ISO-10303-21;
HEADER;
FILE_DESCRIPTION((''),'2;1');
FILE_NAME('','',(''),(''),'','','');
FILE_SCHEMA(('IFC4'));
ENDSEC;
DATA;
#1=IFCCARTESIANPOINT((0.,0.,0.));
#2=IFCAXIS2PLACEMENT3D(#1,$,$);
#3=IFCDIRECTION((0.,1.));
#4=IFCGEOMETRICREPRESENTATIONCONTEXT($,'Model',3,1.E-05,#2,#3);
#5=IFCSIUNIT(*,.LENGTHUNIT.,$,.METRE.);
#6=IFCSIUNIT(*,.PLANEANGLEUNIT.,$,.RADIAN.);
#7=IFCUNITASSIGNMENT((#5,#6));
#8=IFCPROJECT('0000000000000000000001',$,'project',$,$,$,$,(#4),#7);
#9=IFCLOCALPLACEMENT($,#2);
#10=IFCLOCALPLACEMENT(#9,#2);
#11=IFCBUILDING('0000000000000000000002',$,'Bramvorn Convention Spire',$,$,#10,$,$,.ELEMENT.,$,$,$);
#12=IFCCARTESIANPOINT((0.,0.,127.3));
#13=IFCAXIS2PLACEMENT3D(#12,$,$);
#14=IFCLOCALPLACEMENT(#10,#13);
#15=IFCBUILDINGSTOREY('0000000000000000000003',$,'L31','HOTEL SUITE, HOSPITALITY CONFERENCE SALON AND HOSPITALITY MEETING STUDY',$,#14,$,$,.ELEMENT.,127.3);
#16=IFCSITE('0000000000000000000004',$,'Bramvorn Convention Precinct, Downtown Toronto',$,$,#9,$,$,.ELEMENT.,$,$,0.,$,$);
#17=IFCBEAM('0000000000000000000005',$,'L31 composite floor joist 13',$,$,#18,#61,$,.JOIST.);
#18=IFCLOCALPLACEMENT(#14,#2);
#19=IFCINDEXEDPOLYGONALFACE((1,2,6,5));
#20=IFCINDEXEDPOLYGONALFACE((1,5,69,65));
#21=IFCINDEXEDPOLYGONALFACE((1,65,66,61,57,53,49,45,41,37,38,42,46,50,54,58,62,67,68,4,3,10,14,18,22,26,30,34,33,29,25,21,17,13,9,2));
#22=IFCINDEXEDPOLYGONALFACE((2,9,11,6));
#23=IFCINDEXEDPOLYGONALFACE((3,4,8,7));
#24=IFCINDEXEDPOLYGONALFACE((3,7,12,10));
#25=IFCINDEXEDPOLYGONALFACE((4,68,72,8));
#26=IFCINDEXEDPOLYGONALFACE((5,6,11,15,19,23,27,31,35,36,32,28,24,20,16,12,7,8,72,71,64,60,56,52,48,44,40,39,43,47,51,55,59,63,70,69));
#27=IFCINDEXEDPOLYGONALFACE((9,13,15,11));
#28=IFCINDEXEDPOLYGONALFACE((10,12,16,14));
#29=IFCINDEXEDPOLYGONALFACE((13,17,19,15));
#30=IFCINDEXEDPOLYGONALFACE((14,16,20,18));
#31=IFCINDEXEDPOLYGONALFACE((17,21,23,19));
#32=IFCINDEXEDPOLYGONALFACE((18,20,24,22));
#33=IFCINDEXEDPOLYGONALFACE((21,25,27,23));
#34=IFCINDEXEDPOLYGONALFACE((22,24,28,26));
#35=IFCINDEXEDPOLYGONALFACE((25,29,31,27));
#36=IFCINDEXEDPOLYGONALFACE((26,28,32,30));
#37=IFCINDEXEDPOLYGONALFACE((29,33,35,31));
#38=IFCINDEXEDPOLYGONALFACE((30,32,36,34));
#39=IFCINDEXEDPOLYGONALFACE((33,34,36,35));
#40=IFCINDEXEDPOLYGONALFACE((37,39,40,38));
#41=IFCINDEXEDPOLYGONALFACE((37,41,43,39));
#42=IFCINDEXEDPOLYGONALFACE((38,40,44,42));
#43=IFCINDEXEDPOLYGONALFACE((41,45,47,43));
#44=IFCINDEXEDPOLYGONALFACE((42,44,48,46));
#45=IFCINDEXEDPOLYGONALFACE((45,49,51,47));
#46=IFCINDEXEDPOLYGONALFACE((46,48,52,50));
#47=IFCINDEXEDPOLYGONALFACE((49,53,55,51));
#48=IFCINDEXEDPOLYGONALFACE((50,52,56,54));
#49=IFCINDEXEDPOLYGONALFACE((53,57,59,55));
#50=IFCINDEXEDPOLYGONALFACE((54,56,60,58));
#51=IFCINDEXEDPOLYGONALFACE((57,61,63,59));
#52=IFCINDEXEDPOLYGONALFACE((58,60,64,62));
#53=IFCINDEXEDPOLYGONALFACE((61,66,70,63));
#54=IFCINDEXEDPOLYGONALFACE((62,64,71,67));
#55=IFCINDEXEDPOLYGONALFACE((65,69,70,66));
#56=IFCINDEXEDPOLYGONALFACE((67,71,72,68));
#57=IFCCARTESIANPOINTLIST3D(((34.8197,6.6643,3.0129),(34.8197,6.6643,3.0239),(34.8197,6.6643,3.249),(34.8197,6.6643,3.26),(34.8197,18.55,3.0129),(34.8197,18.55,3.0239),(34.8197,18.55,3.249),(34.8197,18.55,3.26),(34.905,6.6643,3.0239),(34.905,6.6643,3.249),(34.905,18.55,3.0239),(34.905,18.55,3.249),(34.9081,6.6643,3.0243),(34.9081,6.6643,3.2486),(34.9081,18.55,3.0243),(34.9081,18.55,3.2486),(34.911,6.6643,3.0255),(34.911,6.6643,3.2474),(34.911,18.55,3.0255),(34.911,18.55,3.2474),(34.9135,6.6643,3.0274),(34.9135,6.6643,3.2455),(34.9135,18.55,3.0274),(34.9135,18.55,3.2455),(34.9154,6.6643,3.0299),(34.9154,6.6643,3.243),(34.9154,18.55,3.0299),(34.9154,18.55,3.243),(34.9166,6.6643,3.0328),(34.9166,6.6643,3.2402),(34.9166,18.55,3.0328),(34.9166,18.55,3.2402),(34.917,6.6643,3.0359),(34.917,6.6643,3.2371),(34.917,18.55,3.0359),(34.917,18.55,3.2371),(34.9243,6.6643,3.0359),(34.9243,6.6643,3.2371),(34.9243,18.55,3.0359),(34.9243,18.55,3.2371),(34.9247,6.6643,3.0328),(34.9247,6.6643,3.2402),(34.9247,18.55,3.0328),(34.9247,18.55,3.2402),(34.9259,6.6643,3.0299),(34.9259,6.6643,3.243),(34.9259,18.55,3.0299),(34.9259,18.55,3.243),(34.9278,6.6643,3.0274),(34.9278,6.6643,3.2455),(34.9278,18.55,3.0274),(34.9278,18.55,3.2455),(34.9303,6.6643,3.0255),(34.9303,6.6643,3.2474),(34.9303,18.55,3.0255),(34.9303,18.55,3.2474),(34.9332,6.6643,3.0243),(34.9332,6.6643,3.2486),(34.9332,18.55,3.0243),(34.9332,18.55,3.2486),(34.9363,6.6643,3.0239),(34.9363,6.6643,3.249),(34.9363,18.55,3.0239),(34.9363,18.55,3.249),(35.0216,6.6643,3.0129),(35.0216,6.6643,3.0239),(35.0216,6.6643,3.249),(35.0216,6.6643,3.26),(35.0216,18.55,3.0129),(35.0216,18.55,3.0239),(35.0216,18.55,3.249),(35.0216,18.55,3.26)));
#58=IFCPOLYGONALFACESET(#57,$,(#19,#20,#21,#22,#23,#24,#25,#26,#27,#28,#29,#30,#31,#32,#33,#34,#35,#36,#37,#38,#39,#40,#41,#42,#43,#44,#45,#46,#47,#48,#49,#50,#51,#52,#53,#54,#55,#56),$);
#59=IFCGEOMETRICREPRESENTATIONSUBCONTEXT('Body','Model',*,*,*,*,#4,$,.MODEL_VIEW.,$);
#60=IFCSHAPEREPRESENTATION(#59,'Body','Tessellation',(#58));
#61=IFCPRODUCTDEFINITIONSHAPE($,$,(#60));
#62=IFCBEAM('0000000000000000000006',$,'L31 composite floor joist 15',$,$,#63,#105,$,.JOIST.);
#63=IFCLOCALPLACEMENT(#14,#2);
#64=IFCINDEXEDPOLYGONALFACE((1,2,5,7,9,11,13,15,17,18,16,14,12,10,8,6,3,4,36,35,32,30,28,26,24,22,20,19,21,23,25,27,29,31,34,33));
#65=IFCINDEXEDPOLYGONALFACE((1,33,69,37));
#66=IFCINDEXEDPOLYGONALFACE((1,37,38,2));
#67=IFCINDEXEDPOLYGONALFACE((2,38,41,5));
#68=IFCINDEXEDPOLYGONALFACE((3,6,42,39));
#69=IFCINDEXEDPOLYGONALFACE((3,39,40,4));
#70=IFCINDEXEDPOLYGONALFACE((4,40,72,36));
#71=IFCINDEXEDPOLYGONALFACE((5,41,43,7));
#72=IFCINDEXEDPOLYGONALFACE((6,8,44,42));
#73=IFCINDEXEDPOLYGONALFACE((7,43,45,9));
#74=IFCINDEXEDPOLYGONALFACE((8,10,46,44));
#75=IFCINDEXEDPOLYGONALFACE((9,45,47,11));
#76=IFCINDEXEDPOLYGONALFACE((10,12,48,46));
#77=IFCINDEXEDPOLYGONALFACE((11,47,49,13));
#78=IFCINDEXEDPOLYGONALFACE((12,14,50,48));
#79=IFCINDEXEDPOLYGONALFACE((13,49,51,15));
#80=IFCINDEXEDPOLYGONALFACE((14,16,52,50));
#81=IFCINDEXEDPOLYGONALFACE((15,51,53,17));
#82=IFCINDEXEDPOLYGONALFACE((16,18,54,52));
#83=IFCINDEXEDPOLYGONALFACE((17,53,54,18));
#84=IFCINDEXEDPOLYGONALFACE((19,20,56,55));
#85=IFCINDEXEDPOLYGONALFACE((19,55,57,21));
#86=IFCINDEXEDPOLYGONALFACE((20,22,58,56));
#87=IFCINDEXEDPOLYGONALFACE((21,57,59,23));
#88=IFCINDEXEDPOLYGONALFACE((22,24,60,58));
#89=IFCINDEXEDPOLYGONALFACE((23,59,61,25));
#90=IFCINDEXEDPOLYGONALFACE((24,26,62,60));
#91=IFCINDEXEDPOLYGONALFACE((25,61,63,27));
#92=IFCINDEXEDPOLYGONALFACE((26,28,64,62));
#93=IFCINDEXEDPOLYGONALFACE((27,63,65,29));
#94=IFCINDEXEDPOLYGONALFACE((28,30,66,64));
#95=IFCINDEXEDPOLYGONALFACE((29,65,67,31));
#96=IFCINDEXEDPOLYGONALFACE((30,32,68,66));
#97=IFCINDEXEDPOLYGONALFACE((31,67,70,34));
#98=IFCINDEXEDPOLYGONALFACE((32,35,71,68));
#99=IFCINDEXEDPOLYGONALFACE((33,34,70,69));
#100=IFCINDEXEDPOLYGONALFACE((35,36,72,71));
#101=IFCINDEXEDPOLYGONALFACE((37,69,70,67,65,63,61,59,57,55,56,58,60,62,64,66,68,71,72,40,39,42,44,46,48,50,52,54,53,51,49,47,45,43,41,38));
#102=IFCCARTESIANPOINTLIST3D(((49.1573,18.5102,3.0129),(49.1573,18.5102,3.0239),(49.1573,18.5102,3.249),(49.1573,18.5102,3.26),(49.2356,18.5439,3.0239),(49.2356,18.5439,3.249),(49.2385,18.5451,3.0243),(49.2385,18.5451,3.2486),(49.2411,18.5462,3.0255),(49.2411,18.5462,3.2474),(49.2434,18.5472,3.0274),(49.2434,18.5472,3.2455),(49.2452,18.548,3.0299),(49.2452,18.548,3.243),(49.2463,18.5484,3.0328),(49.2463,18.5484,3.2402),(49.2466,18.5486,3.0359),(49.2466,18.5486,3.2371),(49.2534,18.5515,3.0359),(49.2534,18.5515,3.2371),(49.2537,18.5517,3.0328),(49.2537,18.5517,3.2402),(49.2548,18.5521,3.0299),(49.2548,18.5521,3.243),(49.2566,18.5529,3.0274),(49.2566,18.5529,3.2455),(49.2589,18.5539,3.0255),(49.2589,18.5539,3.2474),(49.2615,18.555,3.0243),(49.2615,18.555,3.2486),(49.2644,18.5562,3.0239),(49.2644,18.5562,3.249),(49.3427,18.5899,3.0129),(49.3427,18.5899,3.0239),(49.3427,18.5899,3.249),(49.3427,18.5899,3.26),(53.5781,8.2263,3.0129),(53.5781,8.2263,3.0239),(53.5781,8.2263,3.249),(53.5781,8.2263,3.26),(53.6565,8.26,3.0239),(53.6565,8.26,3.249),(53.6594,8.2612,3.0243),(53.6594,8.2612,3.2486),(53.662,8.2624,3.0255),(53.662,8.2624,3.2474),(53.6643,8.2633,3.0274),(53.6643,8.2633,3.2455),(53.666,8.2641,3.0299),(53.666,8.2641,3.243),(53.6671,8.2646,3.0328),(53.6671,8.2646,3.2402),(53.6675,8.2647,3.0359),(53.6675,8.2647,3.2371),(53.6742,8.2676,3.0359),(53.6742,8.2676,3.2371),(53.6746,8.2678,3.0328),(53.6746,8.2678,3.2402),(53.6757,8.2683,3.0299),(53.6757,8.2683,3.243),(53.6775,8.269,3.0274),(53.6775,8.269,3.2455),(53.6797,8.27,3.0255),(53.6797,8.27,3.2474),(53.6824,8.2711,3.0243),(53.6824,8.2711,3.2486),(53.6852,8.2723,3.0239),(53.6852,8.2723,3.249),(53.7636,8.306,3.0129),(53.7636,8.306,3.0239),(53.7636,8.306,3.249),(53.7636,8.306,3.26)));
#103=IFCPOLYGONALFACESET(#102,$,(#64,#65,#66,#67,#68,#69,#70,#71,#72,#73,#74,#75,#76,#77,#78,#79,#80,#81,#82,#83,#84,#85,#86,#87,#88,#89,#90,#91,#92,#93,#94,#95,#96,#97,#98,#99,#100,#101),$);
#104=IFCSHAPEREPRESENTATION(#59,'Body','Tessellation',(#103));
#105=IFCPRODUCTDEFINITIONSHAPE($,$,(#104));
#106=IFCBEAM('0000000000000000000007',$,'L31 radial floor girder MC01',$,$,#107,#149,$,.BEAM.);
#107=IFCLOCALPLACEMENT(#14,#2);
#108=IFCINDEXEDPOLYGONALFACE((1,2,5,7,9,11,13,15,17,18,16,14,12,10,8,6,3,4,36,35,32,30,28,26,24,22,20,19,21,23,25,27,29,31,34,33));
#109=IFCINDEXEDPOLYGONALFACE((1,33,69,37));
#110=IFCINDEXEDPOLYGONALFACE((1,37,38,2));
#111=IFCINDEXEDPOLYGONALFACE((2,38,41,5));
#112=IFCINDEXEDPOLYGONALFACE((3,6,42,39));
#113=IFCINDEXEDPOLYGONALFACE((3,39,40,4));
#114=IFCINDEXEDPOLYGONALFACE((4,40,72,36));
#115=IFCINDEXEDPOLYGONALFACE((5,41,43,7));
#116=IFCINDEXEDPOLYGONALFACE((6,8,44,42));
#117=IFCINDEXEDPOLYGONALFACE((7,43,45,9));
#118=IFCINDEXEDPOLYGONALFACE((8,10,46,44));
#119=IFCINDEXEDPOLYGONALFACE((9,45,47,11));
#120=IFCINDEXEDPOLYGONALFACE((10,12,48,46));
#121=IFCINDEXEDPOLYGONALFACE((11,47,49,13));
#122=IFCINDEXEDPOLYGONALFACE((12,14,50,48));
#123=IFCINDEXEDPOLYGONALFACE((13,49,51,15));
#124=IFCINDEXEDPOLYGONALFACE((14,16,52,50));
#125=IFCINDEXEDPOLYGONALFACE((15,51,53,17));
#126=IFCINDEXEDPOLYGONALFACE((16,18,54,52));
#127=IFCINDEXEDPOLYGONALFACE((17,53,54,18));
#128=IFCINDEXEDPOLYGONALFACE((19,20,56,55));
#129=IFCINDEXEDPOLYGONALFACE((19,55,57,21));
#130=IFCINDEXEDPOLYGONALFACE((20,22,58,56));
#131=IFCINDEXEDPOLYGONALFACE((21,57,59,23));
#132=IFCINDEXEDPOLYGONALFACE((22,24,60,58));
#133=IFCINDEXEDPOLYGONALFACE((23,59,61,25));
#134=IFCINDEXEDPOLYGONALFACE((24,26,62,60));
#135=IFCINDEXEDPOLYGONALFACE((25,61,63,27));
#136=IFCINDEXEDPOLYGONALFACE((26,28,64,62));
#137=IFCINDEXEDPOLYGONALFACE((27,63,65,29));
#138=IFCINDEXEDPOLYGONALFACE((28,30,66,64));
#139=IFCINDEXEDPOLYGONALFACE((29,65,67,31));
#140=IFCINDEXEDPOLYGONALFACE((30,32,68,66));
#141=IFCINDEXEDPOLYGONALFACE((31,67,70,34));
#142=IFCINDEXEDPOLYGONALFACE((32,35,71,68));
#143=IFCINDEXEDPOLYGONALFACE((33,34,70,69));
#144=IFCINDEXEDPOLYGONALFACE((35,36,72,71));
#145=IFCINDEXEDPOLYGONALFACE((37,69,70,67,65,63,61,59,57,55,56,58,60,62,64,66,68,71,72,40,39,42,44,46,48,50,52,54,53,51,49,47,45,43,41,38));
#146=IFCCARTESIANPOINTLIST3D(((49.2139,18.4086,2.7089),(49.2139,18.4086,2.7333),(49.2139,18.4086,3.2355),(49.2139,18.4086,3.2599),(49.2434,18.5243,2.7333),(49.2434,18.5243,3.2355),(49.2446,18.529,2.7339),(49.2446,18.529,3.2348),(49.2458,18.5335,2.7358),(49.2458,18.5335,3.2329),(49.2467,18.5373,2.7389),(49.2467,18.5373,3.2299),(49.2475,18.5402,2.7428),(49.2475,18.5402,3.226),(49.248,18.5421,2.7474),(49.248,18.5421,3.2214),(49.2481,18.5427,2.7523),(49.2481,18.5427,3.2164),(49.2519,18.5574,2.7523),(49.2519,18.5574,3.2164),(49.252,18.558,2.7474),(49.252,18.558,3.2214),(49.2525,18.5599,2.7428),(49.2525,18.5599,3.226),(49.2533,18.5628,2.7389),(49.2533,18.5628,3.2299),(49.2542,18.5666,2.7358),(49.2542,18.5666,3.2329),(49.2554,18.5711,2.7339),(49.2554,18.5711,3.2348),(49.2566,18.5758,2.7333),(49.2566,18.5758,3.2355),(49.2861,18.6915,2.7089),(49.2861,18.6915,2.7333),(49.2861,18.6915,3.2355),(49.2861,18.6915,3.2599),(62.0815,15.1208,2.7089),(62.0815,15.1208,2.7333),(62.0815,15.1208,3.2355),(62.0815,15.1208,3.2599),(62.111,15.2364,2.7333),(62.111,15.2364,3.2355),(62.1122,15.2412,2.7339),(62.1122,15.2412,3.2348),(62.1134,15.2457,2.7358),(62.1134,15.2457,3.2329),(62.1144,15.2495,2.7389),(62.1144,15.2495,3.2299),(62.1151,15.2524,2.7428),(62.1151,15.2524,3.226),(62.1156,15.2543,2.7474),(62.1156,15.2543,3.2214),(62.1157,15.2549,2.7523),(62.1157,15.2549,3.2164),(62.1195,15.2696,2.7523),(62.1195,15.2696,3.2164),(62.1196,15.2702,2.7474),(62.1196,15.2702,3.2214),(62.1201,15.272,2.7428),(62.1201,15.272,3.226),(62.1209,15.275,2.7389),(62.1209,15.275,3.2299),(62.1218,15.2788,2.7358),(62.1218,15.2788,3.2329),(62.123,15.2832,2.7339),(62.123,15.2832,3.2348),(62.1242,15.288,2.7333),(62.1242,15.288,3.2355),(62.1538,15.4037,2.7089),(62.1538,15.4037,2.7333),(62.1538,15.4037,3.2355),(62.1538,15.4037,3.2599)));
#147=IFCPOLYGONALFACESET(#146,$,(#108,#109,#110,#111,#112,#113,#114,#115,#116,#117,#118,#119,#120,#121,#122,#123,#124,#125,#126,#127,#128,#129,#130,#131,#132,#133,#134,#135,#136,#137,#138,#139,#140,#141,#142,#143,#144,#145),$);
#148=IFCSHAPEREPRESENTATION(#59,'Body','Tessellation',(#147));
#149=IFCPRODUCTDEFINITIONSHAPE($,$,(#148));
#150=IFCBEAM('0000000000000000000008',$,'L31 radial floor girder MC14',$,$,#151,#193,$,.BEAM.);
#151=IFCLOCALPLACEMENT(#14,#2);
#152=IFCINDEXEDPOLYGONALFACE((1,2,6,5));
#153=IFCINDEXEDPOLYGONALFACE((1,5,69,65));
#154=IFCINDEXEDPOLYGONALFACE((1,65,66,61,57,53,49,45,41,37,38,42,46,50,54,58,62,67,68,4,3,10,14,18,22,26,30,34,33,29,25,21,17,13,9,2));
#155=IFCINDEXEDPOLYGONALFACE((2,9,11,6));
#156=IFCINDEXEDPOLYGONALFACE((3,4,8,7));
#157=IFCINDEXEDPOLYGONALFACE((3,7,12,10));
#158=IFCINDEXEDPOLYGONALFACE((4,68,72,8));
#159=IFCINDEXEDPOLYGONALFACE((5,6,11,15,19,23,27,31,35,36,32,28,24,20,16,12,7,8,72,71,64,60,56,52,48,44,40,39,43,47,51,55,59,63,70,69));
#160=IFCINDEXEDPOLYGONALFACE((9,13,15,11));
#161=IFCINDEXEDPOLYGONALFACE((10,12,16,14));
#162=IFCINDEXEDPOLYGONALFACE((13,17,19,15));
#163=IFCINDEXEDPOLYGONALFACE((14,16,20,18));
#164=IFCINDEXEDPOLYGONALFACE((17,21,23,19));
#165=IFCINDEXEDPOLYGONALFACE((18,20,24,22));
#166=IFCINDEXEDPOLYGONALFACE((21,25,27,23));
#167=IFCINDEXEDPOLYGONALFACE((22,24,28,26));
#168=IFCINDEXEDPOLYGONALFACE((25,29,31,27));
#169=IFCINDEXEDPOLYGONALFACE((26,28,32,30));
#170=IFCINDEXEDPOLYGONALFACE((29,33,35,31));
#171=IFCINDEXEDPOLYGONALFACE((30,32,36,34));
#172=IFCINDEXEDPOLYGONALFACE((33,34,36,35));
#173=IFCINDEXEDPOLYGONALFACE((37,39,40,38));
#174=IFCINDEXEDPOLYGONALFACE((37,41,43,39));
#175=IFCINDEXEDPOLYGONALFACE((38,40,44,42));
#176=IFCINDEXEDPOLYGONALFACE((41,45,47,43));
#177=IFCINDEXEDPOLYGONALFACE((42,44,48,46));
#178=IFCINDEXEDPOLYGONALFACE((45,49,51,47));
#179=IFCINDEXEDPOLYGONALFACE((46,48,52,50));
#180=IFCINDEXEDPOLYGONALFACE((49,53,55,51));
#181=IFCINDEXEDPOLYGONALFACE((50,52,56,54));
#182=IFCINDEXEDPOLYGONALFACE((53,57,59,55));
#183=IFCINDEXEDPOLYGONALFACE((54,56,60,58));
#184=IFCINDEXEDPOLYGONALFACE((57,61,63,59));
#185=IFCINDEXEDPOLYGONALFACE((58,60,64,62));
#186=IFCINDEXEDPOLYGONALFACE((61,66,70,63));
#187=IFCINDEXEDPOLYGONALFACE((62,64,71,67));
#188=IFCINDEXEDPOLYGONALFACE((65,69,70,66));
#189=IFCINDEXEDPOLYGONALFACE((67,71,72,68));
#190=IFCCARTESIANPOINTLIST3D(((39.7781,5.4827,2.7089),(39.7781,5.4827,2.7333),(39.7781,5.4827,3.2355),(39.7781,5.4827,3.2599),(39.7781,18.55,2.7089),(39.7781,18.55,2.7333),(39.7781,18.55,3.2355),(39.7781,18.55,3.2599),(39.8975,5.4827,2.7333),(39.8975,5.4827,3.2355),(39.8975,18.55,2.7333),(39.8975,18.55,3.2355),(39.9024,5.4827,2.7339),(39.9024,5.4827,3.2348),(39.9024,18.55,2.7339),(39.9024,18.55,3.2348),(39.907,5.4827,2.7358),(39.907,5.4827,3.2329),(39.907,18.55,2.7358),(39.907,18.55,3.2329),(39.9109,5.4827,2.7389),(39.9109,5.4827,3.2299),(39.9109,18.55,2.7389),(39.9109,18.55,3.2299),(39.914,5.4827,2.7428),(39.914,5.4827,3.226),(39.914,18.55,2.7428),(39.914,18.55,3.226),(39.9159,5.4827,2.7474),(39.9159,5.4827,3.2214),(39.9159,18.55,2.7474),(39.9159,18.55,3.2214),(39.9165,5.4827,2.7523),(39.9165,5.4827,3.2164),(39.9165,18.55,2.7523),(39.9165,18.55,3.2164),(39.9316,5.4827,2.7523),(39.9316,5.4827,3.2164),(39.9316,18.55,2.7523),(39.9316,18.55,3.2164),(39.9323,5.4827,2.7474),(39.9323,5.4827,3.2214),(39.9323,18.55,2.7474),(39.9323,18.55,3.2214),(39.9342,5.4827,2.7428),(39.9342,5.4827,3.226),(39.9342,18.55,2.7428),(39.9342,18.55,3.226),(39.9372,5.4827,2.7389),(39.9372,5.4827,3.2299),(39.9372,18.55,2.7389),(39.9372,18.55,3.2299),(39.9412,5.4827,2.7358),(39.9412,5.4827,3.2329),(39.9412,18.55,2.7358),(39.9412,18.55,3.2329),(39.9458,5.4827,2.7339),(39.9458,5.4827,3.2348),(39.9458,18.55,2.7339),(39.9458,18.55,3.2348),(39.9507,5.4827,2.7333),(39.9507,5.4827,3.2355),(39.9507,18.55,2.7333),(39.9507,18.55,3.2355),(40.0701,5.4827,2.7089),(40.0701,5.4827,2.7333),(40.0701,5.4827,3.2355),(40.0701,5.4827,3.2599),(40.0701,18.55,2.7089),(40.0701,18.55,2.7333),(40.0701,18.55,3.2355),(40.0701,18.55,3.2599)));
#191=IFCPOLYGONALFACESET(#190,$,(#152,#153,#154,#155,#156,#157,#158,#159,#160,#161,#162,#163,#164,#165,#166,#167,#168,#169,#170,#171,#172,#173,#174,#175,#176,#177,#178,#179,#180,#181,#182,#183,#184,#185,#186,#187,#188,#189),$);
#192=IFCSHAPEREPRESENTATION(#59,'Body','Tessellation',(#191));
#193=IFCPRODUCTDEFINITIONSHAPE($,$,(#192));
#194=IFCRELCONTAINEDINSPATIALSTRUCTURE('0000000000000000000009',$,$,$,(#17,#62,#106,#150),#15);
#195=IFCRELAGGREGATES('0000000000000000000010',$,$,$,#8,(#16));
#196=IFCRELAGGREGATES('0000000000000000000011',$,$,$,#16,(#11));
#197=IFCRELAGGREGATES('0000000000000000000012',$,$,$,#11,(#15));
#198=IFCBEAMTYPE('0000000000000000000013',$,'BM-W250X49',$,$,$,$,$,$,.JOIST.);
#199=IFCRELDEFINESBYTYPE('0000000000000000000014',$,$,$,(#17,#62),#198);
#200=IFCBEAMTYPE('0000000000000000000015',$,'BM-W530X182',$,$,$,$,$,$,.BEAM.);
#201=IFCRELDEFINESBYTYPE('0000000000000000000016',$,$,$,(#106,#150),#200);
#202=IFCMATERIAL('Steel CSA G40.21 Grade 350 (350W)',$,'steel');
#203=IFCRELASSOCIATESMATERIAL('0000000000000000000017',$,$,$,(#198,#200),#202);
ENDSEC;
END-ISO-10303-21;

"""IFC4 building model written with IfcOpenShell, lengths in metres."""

from ifc_helpers import new_model, si_unit, direction, frame, origin, origin_2d, place, context, subcontext, project, spatial, i_section, extrude, material, material_profile, profile_set, type_object, element, save


model = new_model("IFC4")

# Units and contexts
model_context = context("Model", 3, precision=1e-05, world=origin(), true_north=direction((0.0, 1.0)))
body_context = subcontext(model_context, "Body", "Model", "MODEL_VIEW")
ifc_project = project(units=[si_unit("LENGTHUNIT", "METRE"), si_unit("PLANEANGLEUNIT", "RADIAN")], contexts=[model_context])

# Site, building, storey
site_placement = place(None, origin())
site = spatial("IfcSite", under=ifc_project, at=site_placement, Name="Bramvorn Convention Precinct, Downtown Toronto", CompositionType="ELEMENT", RefElevation=0.0)
building_placement = place(site_placement, origin())
building = spatial("IfcBuilding", under=site, at=building_placement, Name="Bramvorn Convention Spire", CompositionType="ELEMENT")
storey_placement = place(building_placement, frame((0.0, 0.0, 127.3)))
storey = spatial("IfcBuildingStorey", under=building, at=storey_placement, Name="L31", Description="HOTEL SUITE, HOSPITALITY CONFERENCE SALON AND HOSPITALITY MEETING STUDY", CompositionType="ELEMENT", Elevation=127.3)

# Beams
ifc_material_1 = material(Name="Steel CSA G40.21 Grade 350 (350W)", Category="steel")
ifc_material_profile_1 = material_profile(ifc_material_1, i_section(OverallWidth=0.2019, OverallDepth=0.2471, WebThickness=0.0073, FlangeThickness=0.011, FilletRadius=0.012, at=origin_2d()))
ifc_profile_set_1 = profile_set([ifc_material_profile_1], Name="Steel CSA G40.21 Grade 350 (350W) - W250X49")
beam_type_1 = type_object("IfcBeamType", Name="BM-W250X49", PredefinedType="JOIST", material=ifc_profile_set_1)
beam_1_placement = place(storey_placement, frame((34.9207, 18.55, 3.1365), z_axis=(0.0, -1.0, 0.0), x_axis=(1.0, 0.0, 0.0)))
element("IfcBeam", 1, at=beam_1_placement, inside=storey, type_object=beam_type_1, Name="L31 composite floor joist 13", PredefinedType="JOIST", context=body_context, shape_type="SweptSolid", body=[
    extrude(i_section(OverallWidth=0.2019, OverallDepth=0.2471, WebThickness=0.0073, FlangeThickness=0.011, FilletRadius=0.012, at=origin_2d()), origin(), (0.0, 0.0, 1.0), 11.8857),
])
beam_2_placement = place(storey_placement, frame((49.25, 18.55, 3.1365), z_axis=(0.394938, -0.918708, 0.0), x_axis=(0.918708, 0.394938, 0.0)))
element("IfcBeam", 2, at=beam_2_placement, inside=storey, type_object=beam_type_1, Name="L31 composite floor joist 15", PredefinedType="JOIST", context=body_context, shape_type="SweptSolid", body=[
    extrude(i_section(OverallWidth=0.2019, OverallDepth=0.2471, WebThickness=0.0073, FlangeThickness=0.011, FilletRadius=0.012, at=origin_2d()), origin(), (0.0, 0.0, 1.0), 11.1938),
])
ifc_material_profile_2 = material_profile(ifc_material_1, i_section(OverallWidth=0.292, OverallDepth=0.551, WebThickness=0.0151, FlangeThickness=0.0244, FilletRadius=0.019, at=origin_2d()))
ifc_profile_set_2 = profile_set([ifc_material_profile_2], Name="Steel CSA G40.21 Grade 350 (350W) - W530X182")
beam_type_2 = type_object("IfcBeamType", Name="BM-W530X182", PredefinedType="BEAM", material=ifc_profile_set_2)
beam_3_placement = place(storey_placement, frame((49.25, 18.55, 2.9844), z_axis=(0.968873, -0.247558, 0.0), x_axis=(0.247558, 0.968873, 0.0)))
element("IfcBeam", 3, at=beam_3_placement, inside=storey, type_object=beam_type_2, Name="L31 radial floor girder MC01", PredefinedType="BEAM", context=body_context, shape_type="SweptSolid", body=[
    extrude(i_section(OverallWidth=0.292, OverallDepth=0.551, WebThickness=0.0151, FlangeThickness=0.0244, FilletRadius=0.019, at=origin_2d()), origin(), (0.0, 0.0, 1.0), 13.281),
])
beam_4_placement = place(storey_placement, frame((39.9241, 18.55, 2.9844), z_axis=(0.0, -1.0, 0.0), x_axis=(1.0, 0.0, 0.0)))
element("IfcBeam", 4, at=beam_4_placement, inside=storey, type_object=beam_type_2, Name="L31 radial floor girder MC14", PredefinedType="BEAM", context=body_context, shape_type="SweptSolid", body=[
    extrude(i_section(OverallWidth=0.292, OverallDepth=0.551, WebThickness=0.0151, FlangeThickness=0.0244, FilletRadius=0.019, at=origin_2d()), origin(), (0.0, 0.0, 1.0), 13.0674),
])

save(model, "model.ifc")
